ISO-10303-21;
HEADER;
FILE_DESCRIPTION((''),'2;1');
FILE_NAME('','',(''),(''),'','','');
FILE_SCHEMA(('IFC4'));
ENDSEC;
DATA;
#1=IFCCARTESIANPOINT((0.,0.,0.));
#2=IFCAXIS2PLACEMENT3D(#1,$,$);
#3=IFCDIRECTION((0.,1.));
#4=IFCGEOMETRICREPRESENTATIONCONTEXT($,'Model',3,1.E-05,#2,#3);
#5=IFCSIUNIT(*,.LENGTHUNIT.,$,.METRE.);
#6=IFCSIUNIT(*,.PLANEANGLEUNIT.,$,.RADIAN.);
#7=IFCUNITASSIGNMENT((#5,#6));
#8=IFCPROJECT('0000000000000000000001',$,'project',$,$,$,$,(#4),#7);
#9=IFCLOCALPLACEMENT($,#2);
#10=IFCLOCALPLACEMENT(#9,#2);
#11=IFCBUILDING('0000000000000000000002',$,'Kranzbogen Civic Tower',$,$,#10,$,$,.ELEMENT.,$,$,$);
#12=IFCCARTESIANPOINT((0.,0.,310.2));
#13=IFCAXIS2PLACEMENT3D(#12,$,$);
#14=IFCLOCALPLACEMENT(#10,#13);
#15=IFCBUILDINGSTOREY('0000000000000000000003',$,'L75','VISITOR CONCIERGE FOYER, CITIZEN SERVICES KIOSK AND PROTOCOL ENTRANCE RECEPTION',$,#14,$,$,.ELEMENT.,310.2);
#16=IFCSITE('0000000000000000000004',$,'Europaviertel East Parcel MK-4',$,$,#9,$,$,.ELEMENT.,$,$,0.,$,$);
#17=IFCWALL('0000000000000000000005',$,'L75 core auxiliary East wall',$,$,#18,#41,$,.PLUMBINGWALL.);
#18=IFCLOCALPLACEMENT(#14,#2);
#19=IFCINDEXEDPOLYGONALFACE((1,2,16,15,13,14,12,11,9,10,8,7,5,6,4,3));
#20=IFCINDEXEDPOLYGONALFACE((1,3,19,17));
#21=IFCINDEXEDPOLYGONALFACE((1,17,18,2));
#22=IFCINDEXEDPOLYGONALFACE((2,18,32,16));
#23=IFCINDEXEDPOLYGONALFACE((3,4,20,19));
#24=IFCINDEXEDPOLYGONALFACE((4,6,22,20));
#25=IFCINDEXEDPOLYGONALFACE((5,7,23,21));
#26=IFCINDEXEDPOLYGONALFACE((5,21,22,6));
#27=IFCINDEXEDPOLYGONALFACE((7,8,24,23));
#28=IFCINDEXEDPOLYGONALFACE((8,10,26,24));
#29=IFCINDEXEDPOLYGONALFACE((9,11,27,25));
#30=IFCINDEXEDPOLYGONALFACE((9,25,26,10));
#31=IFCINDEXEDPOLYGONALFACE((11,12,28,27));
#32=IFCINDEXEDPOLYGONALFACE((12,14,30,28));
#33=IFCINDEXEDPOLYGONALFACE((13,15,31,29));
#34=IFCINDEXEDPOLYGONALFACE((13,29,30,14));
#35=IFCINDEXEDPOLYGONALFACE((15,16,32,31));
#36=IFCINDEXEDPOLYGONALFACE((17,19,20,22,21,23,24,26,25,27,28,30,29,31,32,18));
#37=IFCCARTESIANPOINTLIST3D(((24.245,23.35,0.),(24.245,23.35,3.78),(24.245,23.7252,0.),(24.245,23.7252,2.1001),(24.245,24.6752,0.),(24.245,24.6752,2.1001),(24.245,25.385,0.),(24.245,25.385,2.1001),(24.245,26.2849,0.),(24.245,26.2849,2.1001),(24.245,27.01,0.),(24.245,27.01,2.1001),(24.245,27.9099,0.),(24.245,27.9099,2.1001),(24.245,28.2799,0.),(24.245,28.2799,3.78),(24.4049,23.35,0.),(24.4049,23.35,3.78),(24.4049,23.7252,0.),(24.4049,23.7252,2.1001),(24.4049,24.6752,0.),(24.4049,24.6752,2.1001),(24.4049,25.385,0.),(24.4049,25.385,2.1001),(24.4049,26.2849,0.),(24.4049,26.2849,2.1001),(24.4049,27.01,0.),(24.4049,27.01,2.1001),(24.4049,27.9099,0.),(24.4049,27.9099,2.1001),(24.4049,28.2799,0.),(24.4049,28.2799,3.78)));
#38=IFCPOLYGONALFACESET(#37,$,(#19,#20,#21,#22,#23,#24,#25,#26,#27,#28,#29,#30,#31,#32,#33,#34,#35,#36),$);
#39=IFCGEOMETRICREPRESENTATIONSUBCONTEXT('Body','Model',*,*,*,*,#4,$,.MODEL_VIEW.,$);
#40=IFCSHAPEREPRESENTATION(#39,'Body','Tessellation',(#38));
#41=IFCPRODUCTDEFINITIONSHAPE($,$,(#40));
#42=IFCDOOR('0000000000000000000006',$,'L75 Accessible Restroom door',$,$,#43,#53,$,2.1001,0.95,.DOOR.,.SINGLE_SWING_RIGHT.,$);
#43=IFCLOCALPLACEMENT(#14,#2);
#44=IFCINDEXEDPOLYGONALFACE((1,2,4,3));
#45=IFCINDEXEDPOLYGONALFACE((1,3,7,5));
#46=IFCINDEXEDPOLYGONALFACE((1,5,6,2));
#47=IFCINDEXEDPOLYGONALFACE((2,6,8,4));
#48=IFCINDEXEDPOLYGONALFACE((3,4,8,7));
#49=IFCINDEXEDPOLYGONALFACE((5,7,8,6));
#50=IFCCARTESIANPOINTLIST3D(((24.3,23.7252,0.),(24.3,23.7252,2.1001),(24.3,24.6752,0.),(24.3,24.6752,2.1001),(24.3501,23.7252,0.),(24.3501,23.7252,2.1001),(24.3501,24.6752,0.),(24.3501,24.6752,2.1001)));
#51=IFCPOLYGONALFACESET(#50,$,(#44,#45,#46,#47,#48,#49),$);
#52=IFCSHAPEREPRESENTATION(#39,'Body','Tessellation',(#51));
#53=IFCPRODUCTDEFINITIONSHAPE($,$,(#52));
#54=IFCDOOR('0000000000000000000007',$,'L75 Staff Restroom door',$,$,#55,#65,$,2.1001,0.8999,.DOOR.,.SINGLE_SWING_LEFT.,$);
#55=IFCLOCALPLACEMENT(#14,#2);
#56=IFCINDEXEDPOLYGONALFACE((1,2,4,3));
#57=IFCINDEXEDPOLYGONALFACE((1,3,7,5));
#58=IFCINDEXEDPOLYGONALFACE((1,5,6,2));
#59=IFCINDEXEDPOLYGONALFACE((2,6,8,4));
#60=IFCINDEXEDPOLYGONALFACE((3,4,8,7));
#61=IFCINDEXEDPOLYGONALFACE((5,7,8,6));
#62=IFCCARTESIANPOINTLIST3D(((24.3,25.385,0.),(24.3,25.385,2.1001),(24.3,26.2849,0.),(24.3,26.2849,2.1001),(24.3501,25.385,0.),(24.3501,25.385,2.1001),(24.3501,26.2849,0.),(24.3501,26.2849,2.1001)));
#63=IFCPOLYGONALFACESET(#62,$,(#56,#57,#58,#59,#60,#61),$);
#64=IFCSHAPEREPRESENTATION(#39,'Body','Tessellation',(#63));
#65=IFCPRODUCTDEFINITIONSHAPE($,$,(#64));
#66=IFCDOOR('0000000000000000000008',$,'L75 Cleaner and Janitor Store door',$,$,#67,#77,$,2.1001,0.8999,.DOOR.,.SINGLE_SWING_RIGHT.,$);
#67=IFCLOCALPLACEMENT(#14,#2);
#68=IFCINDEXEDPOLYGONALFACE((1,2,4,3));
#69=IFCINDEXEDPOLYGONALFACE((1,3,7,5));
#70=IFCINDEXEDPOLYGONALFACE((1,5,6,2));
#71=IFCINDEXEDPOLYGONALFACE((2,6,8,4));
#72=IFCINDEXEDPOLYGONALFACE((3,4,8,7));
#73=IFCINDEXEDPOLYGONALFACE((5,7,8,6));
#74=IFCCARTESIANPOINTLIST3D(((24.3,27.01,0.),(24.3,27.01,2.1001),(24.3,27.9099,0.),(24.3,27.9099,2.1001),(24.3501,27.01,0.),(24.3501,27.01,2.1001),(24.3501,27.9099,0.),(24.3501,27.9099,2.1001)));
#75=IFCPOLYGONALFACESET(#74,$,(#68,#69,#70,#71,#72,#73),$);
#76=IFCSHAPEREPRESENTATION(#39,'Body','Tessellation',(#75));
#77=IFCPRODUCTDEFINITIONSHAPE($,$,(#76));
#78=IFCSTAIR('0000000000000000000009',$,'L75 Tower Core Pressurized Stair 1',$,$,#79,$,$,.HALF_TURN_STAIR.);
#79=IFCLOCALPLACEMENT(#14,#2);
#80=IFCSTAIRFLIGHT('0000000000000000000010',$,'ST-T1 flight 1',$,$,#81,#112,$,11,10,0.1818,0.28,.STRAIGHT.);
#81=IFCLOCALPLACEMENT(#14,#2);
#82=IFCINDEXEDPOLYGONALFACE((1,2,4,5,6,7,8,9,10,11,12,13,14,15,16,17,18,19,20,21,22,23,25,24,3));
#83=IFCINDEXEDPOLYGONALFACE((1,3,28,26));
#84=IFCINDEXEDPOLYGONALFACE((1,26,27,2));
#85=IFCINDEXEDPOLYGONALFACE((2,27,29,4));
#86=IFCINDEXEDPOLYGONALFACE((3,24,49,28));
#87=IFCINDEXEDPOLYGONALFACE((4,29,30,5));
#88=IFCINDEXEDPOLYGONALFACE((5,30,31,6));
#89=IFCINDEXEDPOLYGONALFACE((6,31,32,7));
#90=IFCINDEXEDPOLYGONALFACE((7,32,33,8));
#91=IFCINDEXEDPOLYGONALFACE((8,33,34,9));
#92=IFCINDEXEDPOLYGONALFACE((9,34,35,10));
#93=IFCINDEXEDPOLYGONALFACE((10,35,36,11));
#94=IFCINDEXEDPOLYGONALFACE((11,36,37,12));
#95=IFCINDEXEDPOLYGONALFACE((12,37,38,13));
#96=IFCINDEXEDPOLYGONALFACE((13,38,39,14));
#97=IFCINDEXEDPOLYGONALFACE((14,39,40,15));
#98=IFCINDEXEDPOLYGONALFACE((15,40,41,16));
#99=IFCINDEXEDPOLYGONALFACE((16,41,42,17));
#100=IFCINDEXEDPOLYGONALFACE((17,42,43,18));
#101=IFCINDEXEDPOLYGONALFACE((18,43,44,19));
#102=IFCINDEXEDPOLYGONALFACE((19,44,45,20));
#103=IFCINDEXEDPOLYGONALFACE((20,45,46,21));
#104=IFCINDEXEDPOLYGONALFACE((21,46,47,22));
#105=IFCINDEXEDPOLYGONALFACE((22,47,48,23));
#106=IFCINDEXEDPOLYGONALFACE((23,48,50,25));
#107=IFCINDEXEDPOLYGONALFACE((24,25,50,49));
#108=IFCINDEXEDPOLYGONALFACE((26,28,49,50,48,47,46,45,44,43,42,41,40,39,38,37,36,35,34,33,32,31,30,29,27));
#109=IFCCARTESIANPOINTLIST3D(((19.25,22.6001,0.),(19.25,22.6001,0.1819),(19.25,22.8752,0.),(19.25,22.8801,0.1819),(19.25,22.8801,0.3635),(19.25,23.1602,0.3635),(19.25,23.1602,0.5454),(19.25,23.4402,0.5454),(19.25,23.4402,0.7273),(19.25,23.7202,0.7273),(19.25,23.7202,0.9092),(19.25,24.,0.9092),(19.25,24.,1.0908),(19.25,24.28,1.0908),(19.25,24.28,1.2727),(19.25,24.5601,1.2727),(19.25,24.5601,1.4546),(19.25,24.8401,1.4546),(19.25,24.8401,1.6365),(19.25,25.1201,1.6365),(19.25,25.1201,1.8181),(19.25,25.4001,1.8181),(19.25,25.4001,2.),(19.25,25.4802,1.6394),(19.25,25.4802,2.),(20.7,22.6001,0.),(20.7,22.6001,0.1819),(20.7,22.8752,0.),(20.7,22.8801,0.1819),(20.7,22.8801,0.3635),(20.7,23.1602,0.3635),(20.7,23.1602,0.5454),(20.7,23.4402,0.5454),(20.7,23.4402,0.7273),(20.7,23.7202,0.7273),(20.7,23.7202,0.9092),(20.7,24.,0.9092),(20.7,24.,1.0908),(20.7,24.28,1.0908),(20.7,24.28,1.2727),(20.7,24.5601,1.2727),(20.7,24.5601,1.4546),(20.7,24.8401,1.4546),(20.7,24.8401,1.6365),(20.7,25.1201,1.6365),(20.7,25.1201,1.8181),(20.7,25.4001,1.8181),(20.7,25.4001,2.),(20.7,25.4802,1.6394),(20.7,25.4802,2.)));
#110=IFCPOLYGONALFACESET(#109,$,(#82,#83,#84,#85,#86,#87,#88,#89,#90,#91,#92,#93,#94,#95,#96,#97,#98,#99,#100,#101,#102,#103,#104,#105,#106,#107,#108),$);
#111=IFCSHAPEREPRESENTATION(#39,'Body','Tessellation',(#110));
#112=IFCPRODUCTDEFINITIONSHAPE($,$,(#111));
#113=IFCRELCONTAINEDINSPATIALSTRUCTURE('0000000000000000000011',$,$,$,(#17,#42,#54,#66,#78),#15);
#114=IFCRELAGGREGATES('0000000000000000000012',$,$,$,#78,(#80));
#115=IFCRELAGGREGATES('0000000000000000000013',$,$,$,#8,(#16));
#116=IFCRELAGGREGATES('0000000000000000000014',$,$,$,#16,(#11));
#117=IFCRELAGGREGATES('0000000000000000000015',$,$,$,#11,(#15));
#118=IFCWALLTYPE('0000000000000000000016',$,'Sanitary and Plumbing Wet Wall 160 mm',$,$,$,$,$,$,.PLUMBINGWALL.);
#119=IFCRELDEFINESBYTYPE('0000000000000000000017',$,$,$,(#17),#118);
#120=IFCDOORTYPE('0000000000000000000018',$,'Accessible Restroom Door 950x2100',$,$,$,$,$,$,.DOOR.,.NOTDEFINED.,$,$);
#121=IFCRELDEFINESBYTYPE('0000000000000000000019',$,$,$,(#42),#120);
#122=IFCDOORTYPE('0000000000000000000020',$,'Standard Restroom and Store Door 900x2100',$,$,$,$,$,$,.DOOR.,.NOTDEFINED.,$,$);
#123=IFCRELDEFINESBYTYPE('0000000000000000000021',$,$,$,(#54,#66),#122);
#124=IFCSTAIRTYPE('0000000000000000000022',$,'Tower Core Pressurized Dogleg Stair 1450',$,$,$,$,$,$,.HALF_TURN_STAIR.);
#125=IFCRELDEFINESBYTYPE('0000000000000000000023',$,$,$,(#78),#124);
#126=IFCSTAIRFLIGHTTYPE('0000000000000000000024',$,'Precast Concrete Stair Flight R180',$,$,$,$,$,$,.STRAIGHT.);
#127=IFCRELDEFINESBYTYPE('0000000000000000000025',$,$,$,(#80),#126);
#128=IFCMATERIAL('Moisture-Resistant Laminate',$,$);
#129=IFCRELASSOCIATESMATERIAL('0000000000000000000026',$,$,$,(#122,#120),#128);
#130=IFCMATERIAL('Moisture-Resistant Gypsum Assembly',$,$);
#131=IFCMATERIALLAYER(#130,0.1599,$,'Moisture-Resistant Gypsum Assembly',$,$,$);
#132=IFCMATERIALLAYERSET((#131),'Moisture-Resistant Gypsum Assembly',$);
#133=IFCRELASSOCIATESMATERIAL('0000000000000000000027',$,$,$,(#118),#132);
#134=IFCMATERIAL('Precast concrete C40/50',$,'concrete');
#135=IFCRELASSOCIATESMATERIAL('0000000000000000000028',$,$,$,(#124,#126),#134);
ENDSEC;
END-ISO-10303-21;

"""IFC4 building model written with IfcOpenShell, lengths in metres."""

from ifc_helpers import new_model, si_unit, direction, frame, frame_2d, origin, place, context, subcontext, project, spatial, polyline, rectangle, outline, extrude, material, layer, layer_set, type_object, element, fill, aggregate, save


model = new_model("IFC4")

# Units and contexts
model_context = context("Model", 3, precision=1e-05, world=origin(), true_north=direction((0.0, 1.0)))
body_context = subcontext(model_context, "Body", "Model", "MODEL_VIEW")
ifc_project = project(units=[si_unit("LENGTHUNIT", "METRE"), si_unit("PLANEANGLEUNIT", "RADIAN")], contexts=[model_context])

# Site, building, storey
site_placement = place(None, origin())
site = spatial("IfcSite", under=ifc_project, at=site_placement, Name="Europaviertel East Parcel MK-4", CompositionType="ELEMENT", RefElevation=0.0)
building_placement = place(site_placement, origin())
building = spatial("IfcBuilding", under=site, at=building_placement, Name="Kranzbogen Civic Tower", CompositionType="ELEMENT")
storey_placement = place(building_placement, frame((0.0, 0.0, 310.2)))
storey = spatial("IfcBuildingStorey", under=building, at=storey_placement, Name="L75", Description="VISITOR CONCIERGE FOYER, CITIZEN SERVICES KIOSK AND PROTOCOL ENTRANCE RECEPTION", CompositionType="ELEMENT", Elevation=310.2)

# Shared definitions
ifc_material_1 = material(Name="Moisture-Resistant Laminate")
door_type_1 = type_object("IfcDoorType", Name="Standard Restroom and Store Door 900x2100", OperationType="NOTDEFINED", PredefinedType="DOOR", material=ifc_material_1)

# Wall, openings, doors
ifc_material_2 = material(Name="Moisture-Resistant Gypsum Assembly")
ifc_layer_1 = layer(ifc_material_2, 0.1599, Name="Moisture-Resistant Gypsum Assembly")
ifc_layer_set_1 = layer_set([ifc_layer_1], Name="Moisture-Resistant Gypsum Assembly")
wall_type_1 = type_object("IfcWallType", Name="Sanitary and Plumbing Wet Wall 160 mm", PredefinedType="PLUMBINGWALL", material=ifc_layer_set_1)
wall_1_placement = place(storey_placement, frame((24.325, 23.3501, 0.0), z_axis=(0.0, 0.0, 1.0), x_axis=(0.0, 1.0, 0.0)))
wall_1 = element("IfcWall", 1, at=wall_1_placement, inside=storey, type_object=wall_type_1, Name="L75 core auxiliary East wall", PredefinedType="PLUMBINGWALL", context=body_context, shape_type="SweptSolid", body=[
    extrude(rectangle(XDim=4.9299, YDim=0.1599, at=frame_2d((2.4648, 0.0))), origin(), (0.0, 0.0, 1.0), 3.78),
])
opening_1_placement = place(wall_1_placement, frame((0.375, 0.0, 0.0)))
opening_1 = element("IfcOpeningElement", 2, at=opening_1_placement, cuts=wall_1, PredefinedType="OPENING", context=body_context, shape_type="SweptSolid", body=[
    extrude(rectangle(XDim=0.95, YDim=2.1001, at=frame_2d((0.4751, 1.05))), frame((0.0, 0.0898, 0.0), z_axis=(0.0, -1.0, 0.0), x_axis=(1.0, 0.0, 0.0)), (0.0, 0.0, 1.0), 0.1799),
])
opening_2_placement = place(wall_1_placement, frame((2.0349, 0.0, 0.0)))
opening_2 = element("IfcOpeningElement", 3, at=opening_2_placement, cuts=wall_1, PredefinedType="OPENING", context=body_context, shape_type="SweptSolid", body=[
    extrude(rectangle(XDim=0.8999, YDim=2.1001, at=frame_2d((0.45, 1.05))), frame((0.0, 0.0898, 0.0), z_axis=(0.0, -1.0, 0.0), x_axis=(1.0, 0.0, 0.0)), (0.0, 0.0, 1.0), 0.1799),
])
opening_3_placement = place(wall_1_placement, frame((3.6599, 0.0, 0.0)))
opening_3 = element("IfcOpeningElement", 4, at=opening_3_placement, cuts=wall_1, PredefinedType="OPENING", context=body_context, shape_type="SweptSolid", body=[
    extrude(rectangle(XDim=0.8999, YDim=2.1001, at=frame_2d((0.45, 1.05))), frame((0.0, 0.0898, 0.0), z_axis=(0.0, -1.0, 0.0), x_axis=(1.0, 0.0, 0.0)), (0.0, 0.0, 1.0), 0.1799),
])
door_type_2 = type_object("IfcDoorType", Name="Accessible Restroom Door 950x2100", OperationType="NOTDEFINED", PredefinedType="DOOR", material=ifc_material_1)
door_1_placement = place(opening_1_placement, origin())
door_1 = element("IfcDoor", 5, at=door_1_placement, inside=storey, type_object=door_type_2, Name="L75 Accessible Restroom door", OperationType="SINGLE_SWING_RIGHT", OverallHeight=2.1001, OverallWidth=0.95, PredefinedType="DOOR", context=body_context, shape_type="SweptSolid", body=[
    extrude(rectangle(XDim=0.95, YDim=2.1001, at=frame_2d((0.4751, 1.05))), frame((0.0, 0.0249, 0.0), z_axis=(0.0, -1.0, 0.0), x_axis=(1.0, 0.0, 0.0)), (0.0, 0.0, 1.0), 0.05),
])
fill(opening_1, door_1)
door_2_placement = place(opening_2_placement, origin())
door_2 = element("IfcDoor", 6, at=door_2_placement, inside=storey, type_object=door_type_1, Name="L75 Staff Restroom door", OperationType="SINGLE_SWING_LEFT", OverallHeight=2.1001, OverallWidth=0.8999, PredefinedType="DOOR", context=body_context, shape_type="SweptSolid", body=[
    extrude(rectangle(XDim=0.8999, YDim=2.1001, at=frame_2d((0.45, 1.05))), frame((0.0, 0.0249, 0.0), z_axis=(0.0, -1.0, 0.0), x_axis=(1.0, 0.0, 0.0)), (0.0, 0.0, 1.0), 0.05),
])
fill(opening_2, door_2)
door_3_placement = place(opening_3_placement, origin())
door_3 = element("IfcDoor", 7, at=door_3_placement, inside=storey, type_object=door_type_1, Name="L75 Cleaner and Janitor Store door", OperationType="SINGLE_SWING_RIGHT", OverallHeight=2.1001, OverallWidth=0.8999, PredefinedType="DOOR", context=body_context, shape_type="SweptSolid", body=[
    extrude(rectangle(XDim=0.8999, YDim=2.1001, at=frame_2d((0.45, 1.05))), frame((0.0, 0.0249, 0.0), z_axis=(0.0, -1.0, 0.0), x_axis=(1.0, 0.0, 0.0)), (0.0, 0.0, 1.0), 0.05),
])
fill(opening_3, door_3)

# Stair, stair flight
ifc_material_3 = material(Name="Precast concrete C40/50", Category="concrete")
stair_type = type_object("IfcStairType", Name="Tower Core Pressurized Dogleg Stair 1450", PredefinedType="HALF_TURN_STAIR", material=ifc_material_3)
stair_placement = place(storey_placement, origin())
stair = element("IfcStair", 8, at=stair_placement, inside=storey, type_object=stair_type, Name="L75 Tower Core Pressurized Stair 1", PredefinedType="HALF_TURN_STAIR")
stair_flight_type = type_object("IfcStairFlightType", Name="Precast Concrete Stair Flight R180", PredefinedType="STRAIGHT", material=ifc_material_3)
stair_flight_placement = place(storey_placement, frame((19.9751, 22.6001, 0.0), z_axis=(0.0, 0.0, 1.0), x_axis=(0.0, 1.0, 0.0)))
stair_flight = element("IfcStairFlight", 9, at=stair_flight_placement, type_object=stair_flight_type, Name="ST-T1 flight 1", NumberOfRisers=11, NumberOfTreads=10, PredefinedType="STRAIGHT", RiserHeight=0.1818, TreadLength=0.28, context=body_context, shape_type="SweptSolid", body=[
    extrude(outline(polyline([(0.0, 0.0), (0.0, 0.1819), (0.28, 0.1819), (0.28, 0.3635), (0.5601, 0.3635), (0.5601, 0.5454), (0.8401, 0.5454), (0.8401, 0.7273), (1.1201, 0.7273), (1.1201, 0.9092), (1.3999, 0.9092), (1.3999, 1.0908), (1.6799, 1.0908), (1.6799, 1.2727), (1.96, 1.2727), (1.96, 1.4546), (2.24, 1.4546), (2.24, 1.6365), (2.52, 1.6365), (2.52, 1.8181), (2.8, 1.8181), (2.8, 2.0), (2.8801, 2.0), (2.8801, 1.6394), (0.2751, 0.0), (0.0, 0.0)])), frame((0.0, 0.7251, 0.0), z_axis=(0.0, -1.0, 0.0), x_axis=(1.0, 0.0, 0.0)), (0.0, 0.0, 1.0), 1.45),
])
aggregate(stair, [stair_flight])

save(model, "model.ifc")
